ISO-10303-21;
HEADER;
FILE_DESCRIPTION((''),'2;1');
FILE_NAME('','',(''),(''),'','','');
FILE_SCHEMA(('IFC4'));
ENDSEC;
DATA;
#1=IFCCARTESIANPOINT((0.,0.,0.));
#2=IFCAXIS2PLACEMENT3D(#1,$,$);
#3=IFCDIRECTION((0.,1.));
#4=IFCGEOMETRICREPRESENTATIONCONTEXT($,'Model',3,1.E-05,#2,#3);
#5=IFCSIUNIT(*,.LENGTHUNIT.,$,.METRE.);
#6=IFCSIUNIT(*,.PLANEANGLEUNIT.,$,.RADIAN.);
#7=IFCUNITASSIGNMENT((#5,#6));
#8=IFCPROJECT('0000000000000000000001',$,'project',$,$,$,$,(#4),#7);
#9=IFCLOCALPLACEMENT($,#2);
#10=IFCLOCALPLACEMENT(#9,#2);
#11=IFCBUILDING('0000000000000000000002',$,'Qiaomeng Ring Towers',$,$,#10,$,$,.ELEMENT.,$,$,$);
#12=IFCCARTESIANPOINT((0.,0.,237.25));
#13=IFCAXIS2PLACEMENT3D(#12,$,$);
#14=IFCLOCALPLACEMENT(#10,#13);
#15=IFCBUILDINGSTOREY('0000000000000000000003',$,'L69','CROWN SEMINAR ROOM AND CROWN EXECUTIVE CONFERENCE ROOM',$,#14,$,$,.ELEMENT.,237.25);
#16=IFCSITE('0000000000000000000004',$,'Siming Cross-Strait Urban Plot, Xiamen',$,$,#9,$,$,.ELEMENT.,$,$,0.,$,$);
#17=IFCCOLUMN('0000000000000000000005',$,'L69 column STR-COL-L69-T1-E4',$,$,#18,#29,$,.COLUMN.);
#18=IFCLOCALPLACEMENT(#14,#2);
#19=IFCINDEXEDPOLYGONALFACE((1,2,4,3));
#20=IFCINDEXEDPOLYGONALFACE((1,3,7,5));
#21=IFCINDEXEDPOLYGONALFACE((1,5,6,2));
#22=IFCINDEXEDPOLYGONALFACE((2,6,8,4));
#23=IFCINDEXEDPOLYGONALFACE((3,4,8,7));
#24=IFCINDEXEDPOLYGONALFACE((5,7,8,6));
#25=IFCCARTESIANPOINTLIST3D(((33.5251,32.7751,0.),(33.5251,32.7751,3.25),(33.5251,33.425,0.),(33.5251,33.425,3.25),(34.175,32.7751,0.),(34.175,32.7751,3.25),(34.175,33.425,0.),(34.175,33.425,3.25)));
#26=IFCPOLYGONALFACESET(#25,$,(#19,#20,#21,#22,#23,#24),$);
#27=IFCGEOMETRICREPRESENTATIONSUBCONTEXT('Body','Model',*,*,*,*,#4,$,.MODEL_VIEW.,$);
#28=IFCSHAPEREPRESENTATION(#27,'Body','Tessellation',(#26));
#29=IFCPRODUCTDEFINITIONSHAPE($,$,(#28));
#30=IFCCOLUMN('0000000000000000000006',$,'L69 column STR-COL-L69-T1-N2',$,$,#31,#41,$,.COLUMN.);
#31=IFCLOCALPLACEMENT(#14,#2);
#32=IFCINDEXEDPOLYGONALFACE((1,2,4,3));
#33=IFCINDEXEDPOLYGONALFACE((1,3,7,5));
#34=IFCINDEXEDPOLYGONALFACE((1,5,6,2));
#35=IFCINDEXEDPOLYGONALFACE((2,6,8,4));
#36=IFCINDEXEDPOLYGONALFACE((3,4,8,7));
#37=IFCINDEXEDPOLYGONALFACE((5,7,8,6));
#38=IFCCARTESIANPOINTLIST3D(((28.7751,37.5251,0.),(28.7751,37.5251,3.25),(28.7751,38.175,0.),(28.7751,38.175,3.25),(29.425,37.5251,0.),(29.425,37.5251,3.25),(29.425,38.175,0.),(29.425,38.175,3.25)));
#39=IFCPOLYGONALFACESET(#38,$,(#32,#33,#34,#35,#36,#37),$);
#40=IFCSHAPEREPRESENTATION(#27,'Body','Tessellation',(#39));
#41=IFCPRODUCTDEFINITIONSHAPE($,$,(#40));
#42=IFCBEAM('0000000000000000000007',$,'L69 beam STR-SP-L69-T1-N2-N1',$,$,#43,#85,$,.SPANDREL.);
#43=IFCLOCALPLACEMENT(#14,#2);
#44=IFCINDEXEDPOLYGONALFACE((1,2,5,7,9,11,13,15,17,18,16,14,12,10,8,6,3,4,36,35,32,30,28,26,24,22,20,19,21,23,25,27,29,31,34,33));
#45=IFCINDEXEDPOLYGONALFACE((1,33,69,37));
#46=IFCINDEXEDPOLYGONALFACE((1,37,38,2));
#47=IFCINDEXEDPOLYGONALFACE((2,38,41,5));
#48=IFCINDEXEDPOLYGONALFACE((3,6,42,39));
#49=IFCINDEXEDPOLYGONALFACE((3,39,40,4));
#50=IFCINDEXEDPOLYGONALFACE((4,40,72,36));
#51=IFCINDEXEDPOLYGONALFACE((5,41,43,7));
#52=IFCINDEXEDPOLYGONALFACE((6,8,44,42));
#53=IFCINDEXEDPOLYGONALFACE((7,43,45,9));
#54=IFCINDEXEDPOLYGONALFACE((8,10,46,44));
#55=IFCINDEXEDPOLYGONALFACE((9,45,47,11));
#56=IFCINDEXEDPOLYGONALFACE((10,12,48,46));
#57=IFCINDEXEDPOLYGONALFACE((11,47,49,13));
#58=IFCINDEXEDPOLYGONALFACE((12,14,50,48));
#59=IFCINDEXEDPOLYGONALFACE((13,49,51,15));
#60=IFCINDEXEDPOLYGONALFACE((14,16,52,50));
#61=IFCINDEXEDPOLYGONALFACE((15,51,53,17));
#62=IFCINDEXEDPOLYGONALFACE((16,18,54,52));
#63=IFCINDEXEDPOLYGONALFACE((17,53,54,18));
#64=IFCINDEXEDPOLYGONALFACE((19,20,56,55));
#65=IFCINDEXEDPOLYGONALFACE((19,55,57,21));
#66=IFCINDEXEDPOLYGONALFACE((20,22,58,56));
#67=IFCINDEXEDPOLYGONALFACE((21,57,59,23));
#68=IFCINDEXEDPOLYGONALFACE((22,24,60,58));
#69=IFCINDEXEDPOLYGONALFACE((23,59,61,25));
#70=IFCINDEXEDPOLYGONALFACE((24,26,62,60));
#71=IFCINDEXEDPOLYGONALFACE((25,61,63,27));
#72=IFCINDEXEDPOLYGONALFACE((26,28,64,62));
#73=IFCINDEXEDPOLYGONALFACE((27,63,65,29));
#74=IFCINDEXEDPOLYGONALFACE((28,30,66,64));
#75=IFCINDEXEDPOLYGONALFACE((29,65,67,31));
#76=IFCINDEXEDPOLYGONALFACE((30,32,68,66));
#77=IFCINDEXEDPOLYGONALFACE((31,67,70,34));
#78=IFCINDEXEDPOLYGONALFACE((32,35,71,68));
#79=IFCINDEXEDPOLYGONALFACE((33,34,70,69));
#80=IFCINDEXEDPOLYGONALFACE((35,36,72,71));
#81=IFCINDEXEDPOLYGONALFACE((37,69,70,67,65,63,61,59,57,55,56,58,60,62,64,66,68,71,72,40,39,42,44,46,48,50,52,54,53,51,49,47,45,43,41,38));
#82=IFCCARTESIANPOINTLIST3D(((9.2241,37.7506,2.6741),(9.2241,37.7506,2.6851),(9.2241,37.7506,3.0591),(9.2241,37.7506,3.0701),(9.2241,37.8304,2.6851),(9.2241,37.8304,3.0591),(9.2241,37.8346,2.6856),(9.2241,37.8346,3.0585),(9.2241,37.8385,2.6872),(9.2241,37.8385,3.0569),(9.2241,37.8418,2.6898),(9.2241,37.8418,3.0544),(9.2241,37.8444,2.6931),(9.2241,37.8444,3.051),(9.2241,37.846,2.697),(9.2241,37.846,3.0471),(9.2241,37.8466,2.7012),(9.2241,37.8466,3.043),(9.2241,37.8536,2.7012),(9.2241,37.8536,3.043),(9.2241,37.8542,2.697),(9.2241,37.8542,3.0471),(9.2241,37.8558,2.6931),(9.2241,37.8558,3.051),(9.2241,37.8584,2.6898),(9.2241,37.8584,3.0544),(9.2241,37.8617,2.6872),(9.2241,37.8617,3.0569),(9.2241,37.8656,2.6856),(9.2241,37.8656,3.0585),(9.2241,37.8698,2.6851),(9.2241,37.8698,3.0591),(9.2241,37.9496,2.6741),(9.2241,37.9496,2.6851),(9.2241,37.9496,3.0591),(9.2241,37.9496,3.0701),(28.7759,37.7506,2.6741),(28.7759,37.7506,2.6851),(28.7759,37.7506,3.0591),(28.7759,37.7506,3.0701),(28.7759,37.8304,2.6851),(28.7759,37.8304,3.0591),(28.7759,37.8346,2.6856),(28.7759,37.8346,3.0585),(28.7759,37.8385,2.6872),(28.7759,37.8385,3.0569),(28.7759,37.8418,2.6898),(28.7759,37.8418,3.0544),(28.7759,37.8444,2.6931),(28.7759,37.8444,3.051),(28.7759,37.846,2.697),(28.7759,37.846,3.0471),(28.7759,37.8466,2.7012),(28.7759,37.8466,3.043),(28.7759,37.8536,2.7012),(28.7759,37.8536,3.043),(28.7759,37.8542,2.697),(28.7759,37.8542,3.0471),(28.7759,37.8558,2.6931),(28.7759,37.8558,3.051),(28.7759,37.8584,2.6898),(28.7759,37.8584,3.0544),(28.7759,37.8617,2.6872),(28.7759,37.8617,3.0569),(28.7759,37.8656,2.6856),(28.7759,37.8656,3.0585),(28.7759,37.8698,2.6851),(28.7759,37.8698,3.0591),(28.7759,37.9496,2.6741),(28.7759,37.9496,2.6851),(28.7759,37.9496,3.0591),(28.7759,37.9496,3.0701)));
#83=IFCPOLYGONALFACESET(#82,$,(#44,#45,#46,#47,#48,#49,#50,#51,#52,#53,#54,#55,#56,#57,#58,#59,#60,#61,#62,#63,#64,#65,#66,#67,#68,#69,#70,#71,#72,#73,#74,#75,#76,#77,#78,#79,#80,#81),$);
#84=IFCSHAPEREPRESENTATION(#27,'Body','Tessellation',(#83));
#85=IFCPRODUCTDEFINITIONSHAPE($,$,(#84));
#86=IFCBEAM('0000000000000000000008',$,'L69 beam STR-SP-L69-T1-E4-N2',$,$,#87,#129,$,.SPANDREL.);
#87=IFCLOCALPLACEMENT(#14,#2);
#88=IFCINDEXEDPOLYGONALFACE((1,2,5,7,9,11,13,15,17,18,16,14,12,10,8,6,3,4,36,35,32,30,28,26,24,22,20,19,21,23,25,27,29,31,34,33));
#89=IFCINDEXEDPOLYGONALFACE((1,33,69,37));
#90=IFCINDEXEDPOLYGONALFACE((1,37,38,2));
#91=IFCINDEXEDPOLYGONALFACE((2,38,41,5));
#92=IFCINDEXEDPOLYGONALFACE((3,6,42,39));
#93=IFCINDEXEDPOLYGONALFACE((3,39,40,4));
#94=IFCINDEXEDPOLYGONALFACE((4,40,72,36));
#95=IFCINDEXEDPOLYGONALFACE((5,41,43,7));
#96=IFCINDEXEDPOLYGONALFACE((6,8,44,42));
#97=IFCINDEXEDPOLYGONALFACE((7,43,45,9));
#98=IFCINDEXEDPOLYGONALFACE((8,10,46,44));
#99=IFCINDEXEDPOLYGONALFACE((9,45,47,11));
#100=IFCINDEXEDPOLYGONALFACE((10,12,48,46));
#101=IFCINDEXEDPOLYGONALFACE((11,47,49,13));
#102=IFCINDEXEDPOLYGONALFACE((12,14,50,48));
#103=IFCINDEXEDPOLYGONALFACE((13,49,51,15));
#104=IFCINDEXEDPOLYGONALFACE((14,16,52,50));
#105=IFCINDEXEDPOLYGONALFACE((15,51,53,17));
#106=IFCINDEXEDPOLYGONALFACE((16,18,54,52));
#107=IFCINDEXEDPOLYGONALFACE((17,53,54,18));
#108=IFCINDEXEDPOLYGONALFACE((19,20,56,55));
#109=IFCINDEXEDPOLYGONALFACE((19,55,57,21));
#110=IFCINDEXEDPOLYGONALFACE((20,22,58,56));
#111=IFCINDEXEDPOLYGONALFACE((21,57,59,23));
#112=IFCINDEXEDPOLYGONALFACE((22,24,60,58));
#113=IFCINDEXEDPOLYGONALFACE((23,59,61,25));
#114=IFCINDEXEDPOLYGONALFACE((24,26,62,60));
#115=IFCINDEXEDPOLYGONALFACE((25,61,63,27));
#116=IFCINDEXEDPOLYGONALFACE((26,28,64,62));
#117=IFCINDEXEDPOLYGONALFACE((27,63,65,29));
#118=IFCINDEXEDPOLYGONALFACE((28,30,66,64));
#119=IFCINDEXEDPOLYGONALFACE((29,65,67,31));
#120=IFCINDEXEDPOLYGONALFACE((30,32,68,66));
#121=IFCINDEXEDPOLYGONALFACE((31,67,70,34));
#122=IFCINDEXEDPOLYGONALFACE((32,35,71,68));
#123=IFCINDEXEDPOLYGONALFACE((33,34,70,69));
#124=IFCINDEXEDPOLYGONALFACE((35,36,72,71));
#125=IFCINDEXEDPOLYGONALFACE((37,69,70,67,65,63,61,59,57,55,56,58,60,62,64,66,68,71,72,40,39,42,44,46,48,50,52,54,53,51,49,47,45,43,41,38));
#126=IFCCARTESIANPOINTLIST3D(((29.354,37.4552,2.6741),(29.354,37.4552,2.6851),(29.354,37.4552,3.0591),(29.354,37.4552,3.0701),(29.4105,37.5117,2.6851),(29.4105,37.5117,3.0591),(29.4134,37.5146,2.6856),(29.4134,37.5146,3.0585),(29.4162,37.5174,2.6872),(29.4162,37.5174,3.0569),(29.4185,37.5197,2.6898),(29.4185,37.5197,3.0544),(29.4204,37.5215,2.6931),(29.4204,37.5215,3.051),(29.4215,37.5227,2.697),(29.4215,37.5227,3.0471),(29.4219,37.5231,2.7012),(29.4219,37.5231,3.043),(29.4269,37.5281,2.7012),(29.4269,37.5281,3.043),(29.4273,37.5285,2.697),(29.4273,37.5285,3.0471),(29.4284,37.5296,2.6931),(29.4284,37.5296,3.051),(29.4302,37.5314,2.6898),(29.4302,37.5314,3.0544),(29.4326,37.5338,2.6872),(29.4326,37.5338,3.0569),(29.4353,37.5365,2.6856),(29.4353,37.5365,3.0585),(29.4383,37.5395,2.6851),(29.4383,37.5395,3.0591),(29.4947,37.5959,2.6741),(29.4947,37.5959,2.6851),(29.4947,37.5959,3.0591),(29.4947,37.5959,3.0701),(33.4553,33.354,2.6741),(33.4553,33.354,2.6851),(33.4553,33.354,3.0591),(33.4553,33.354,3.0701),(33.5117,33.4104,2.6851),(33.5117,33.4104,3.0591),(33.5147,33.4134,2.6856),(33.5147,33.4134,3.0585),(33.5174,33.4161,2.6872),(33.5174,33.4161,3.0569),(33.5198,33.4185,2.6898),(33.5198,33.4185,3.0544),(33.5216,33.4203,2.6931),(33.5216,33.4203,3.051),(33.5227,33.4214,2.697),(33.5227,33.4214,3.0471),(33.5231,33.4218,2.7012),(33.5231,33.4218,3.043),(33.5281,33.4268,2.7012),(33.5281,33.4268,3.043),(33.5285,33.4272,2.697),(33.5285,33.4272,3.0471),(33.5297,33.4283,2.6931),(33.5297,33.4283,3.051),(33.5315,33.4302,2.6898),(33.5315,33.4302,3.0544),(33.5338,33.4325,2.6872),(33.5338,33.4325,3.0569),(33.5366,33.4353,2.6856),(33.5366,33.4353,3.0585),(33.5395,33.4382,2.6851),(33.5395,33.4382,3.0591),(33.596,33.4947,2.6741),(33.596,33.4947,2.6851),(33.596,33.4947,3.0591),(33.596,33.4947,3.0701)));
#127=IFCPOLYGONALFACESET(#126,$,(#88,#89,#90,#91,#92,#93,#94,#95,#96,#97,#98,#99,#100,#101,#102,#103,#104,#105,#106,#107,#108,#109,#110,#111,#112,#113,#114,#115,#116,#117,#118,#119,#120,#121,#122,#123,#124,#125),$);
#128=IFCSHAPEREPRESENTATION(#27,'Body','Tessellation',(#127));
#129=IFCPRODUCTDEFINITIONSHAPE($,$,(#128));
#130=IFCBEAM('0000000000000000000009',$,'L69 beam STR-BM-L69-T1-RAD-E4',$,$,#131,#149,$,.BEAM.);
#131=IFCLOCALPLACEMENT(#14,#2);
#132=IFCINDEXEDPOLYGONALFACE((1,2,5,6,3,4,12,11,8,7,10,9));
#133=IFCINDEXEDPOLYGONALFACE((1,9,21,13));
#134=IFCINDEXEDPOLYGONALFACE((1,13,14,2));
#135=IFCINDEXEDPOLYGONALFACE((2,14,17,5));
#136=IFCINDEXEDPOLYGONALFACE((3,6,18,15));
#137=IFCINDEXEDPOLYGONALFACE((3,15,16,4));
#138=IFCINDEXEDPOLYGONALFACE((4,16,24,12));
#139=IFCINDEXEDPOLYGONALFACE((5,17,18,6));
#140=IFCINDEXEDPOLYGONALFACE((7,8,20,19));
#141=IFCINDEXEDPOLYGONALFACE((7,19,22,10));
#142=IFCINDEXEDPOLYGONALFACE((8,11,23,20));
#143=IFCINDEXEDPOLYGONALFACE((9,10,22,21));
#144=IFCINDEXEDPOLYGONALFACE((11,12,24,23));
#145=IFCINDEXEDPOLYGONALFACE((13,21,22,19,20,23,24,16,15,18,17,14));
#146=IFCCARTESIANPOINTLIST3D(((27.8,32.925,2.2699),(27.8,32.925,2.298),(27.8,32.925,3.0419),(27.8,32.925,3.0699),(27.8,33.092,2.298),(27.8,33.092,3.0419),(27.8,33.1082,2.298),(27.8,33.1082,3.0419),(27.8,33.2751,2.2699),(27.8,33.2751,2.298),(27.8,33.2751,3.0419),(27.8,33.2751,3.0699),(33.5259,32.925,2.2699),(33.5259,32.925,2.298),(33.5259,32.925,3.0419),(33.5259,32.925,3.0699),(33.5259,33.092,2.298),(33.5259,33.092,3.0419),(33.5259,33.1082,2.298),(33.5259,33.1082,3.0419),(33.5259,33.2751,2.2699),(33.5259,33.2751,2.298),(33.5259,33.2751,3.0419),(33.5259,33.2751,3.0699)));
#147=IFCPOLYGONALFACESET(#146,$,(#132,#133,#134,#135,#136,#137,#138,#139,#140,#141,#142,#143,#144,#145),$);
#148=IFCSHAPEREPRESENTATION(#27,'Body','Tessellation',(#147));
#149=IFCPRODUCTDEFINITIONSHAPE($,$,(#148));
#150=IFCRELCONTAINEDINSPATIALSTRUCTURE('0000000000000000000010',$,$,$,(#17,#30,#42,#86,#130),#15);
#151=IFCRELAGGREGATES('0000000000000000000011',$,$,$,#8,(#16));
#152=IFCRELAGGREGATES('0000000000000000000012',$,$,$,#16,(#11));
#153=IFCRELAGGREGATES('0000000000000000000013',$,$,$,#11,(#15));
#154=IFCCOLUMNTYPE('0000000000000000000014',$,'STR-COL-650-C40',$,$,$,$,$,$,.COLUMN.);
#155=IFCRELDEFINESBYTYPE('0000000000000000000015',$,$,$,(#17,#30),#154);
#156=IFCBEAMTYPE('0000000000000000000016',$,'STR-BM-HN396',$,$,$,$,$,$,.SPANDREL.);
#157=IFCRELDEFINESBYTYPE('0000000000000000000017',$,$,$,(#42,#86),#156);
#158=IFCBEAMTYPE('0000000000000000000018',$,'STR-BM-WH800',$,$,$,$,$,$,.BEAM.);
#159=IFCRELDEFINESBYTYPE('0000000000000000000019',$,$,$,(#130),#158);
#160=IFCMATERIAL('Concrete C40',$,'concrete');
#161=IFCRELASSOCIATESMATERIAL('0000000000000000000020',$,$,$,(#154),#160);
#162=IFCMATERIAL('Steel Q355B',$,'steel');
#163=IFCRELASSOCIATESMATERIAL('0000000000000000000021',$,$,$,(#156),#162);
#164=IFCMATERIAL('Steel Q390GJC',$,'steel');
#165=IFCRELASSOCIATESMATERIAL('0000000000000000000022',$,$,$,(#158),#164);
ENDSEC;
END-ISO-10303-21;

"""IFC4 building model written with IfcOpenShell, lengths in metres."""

from ifc_helpers import new_model, si_unit, direction, frame, origin, origin_2d, place, context, subcontext, project, spatial, rectangle, i_section, extrude, source, transform, mapped, material, material_profile, profile_set, type_object, element, save


model = new_model("IFC4")

# Units and contexts
model_context = context("Model", 3, precision=1e-05, world=origin(), true_north=direction((0.0, 1.0)))
body_context = subcontext(model_context, "Body", "Model", "MODEL_VIEW")
ifc_project = project(units=[si_unit("LENGTHUNIT", "METRE"), si_unit("PLANEANGLEUNIT", "RADIAN")], contexts=[model_context])

# Site, building, storey
site_placement = place(None, origin())
site = spatial("IfcSite", under=ifc_project, at=site_placement, Name="Siming Cross-Strait Urban Plot, Xiamen", CompositionType="ELEMENT", RefElevation=0.0)
building_placement = place(site_placement, origin())
building = spatial("IfcBuilding", under=site, at=building_placement, Name="Qiaomeng Ring Towers", CompositionType="ELEMENT")
storey_placement = place(building_placement, frame((0.0, 0.0, 237.25)))
storey = spatial("IfcBuildingStorey", under=building, at=storey_placement, Name="L69", Description="CROWN SEMINAR ROOM AND CROWN EXECUTIVE CONFERENCE ROOM", CompositionType="ELEMENT", Elevation=237.25)

# Columns
ifc_material_1 = material(Name="Concrete C40", Category="concrete")
ifc_material_profile_1 = material_profile(ifc_material_1, rectangle(XDim=0.6499, YDim=0.6499, at=origin_2d()), Name="RC COL 650x650")
ifc_profile_set_1 = profile_set([ifc_material_profile_1], Name="Concrete C40")
column_type = type_object("IfcColumnType", Name="STR-COL-650-C40", PredefinedType="COLUMN", material=ifc_profile_set_1)
shared_shape_1 = source(origin(), body_context, "Body", "SweptSolid", [
    extrude(rectangle(XDim=0.6499, YDim=0.6499, at=origin_2d()), origin(), (0.0, 0.0, 1.0), 3.25),
])
for number, where, z_axis, x_axis, name in (
    (1, (33.8501, 33.1001, 0.0), (0.0, 0.0, 1.0), (1.0, 0.0, 0.0), "L69 column STR-COL-L69-T1-E4"),
    (2, (29.1001, 37.8501, 0.0), (0.0, 0.0, 1.0), (1.0, 0.0, 0.0), "L69 column STR-COL-L69-T1-N2"),
):
    element("IfcColumn", number, at=place(storey_placement, frame(where, z_axis=z_axis, x_axis=x_axis)), inside=storey, type_object=column_type, Name=name, PredefinedType="COLUMN", context=body_context, shape_type="MappedRepresentation", body=[
        mapped(shared_shape_1, transform((0.0, 0.0, 0.0), x_axis=(1.0, 0.0, 0.0), y_axis=(0.0, 1.0, 0.0), z_axis=(0.0, 0.0, 1.0), scale=1.0)),
    ])

# Beams
ifc_material_2 = material(Name="Steel Q355B", Category="steel")
ifc_material_profile_2 = material_profile(ifc_material_2, i_section(OverallWidth=0.199, OverallDepth=0.396, WebThickness=0.0071, FlangeThickness=0.011, FilletRadius=0.0161, at=origin_2d()), Name="HN 396x199x7x11")
ifc_profile_set_2 = profile_set([ifc_material_profile_2], Name="Steel Q355B")
beam_type_1 = type_object("IfcBeamType", Name="STR-BM-HN396", PredefinedType="SPANDREL", material=ifc_profile_set_2)
shared_shape_2 = source(origin(), body_context, "Body", "SweptSolid", [
    extrude(i_section(OverallWidth=0.199, OverallDepth=0.396, WebThickness=0.0071, FlangeThickness=0.011, FilletRadius=0.0161, at=origin_2d()), origin(), (0.0, 0.0, 1.0), 19.5518),
])
beam_1_placement = place(storey_placement, frame((28.7759, 37.8501, 2.8721), z_axis=(-1.0, 0.0, 0.0), x_axis=(0.0, -1.0, 0.0)))
element("IfcBeam", 3, at=beam_1_placement, inside=storey, type_object=beam_type_1, Name="L69 beam STR-SP-L69-T1-N2-N1", PredefinedType="SPANDREL", context=body_context, shape_type="MappedRepresentation", body=[
    mapped(shared_shape_2, transform((0.0, 0.0, 0.0), x_axis=(1.0, 0.0, 0.0), y_axis=(0.0, 1.0, 0.0), z_axis=(0.0, 0.0, 1.0), scale=1.0)),
])
shared_shape_3 = source(origin(), body_context, "Body", "SweptSolid", [
    extrude(i_section(OverallWidth=0.199, OverallDepth=0.396, WebThickness=0.0071, FlangeThickness=0.011, FilletRadius=0.0161, at=origin_2d()), origin(), (0.0, 0.0, 1.0), 5.8),
])
beam_2_placement = place(storey_placement, frame((33.5256, 33.4243, 2.8721), z_axis=(-0.707107, 0.707107, 0.0), x_axis=(-0.707107, -0.707107, 0.0)))
element("IfcBeam", 4, at=beam_2_placement, inside=storey, type_object=beam_type_1, Name="L69 beam STR-SP-L69-T1-E4-N2", PredefinedType="SPANDREL", context=body_context, shape_type="MappedRepresentation", body=[
    mapped(shared_shape_3, transform((0.0, 0.0, 0.0), x_axis=(1.0, 0.0, 0.0), y_axis=(0.0, 1.0, 0.0), z_axis=(0.0, 0.0, 1.0), scale=1.0)),
])
ifc_material_3 = material(Name="Steel Q390GJC", Category="steel")
ifc_material_profile_3 = material_profile(ifc_material_3, i_section(OverallWidth=0.3501, OverallDepth=0.8, WebThickness=0.0161, FlangeThickness=0.0281, at=origin_2d()), Name="WH 800x350x16x28")
ifc_profile_set_3 = profile_set([ifc_material_profile_3], Name="Steel Q390GJC")
beam_type_2 = type_object("IfcBeamType", Name="STR-BM-WH800", PredefinedType="BEAM", material=ifc_profile_set_3)
shared_shape_4 = source(origin(), body_context, "Body", "SweptSolid", [
    extrude(i_section(OverallWidth=0.3501, OverallDepth=0.8, WebThickness=0.0161, FlangeThickness=0.0281, at=origin_2d()), origin(), (0.0, 0.0, 1.0), 5.7258),
])
beam_3_placement = place(storey_placement, frame((27.8, 33.1001, 2.6699), z_axis=(1.0, 0.0, 0.0), x_axis=(0.0, 1.0, 0.0)))
element("IfcBeam", 5, at=beam_3_placement, inside=storey, type_object=beam_type_2, Name="L69 beam STR-BM-L69-T1-RAD-E4", PredefinedType="BEAM", context=body_context, shape_type="MappedRepresentation", body=[
    mapped(shared_shape_4, transform((0.0, 0.0, 0.0), x_axis=(1.0, 0.0, 0.0), y_axis=(0.0, 1.0, 0.0), z_axis=(0.0, 0.0, 1.0), scale=1.0)),
])

save(model, "model.ifc")
